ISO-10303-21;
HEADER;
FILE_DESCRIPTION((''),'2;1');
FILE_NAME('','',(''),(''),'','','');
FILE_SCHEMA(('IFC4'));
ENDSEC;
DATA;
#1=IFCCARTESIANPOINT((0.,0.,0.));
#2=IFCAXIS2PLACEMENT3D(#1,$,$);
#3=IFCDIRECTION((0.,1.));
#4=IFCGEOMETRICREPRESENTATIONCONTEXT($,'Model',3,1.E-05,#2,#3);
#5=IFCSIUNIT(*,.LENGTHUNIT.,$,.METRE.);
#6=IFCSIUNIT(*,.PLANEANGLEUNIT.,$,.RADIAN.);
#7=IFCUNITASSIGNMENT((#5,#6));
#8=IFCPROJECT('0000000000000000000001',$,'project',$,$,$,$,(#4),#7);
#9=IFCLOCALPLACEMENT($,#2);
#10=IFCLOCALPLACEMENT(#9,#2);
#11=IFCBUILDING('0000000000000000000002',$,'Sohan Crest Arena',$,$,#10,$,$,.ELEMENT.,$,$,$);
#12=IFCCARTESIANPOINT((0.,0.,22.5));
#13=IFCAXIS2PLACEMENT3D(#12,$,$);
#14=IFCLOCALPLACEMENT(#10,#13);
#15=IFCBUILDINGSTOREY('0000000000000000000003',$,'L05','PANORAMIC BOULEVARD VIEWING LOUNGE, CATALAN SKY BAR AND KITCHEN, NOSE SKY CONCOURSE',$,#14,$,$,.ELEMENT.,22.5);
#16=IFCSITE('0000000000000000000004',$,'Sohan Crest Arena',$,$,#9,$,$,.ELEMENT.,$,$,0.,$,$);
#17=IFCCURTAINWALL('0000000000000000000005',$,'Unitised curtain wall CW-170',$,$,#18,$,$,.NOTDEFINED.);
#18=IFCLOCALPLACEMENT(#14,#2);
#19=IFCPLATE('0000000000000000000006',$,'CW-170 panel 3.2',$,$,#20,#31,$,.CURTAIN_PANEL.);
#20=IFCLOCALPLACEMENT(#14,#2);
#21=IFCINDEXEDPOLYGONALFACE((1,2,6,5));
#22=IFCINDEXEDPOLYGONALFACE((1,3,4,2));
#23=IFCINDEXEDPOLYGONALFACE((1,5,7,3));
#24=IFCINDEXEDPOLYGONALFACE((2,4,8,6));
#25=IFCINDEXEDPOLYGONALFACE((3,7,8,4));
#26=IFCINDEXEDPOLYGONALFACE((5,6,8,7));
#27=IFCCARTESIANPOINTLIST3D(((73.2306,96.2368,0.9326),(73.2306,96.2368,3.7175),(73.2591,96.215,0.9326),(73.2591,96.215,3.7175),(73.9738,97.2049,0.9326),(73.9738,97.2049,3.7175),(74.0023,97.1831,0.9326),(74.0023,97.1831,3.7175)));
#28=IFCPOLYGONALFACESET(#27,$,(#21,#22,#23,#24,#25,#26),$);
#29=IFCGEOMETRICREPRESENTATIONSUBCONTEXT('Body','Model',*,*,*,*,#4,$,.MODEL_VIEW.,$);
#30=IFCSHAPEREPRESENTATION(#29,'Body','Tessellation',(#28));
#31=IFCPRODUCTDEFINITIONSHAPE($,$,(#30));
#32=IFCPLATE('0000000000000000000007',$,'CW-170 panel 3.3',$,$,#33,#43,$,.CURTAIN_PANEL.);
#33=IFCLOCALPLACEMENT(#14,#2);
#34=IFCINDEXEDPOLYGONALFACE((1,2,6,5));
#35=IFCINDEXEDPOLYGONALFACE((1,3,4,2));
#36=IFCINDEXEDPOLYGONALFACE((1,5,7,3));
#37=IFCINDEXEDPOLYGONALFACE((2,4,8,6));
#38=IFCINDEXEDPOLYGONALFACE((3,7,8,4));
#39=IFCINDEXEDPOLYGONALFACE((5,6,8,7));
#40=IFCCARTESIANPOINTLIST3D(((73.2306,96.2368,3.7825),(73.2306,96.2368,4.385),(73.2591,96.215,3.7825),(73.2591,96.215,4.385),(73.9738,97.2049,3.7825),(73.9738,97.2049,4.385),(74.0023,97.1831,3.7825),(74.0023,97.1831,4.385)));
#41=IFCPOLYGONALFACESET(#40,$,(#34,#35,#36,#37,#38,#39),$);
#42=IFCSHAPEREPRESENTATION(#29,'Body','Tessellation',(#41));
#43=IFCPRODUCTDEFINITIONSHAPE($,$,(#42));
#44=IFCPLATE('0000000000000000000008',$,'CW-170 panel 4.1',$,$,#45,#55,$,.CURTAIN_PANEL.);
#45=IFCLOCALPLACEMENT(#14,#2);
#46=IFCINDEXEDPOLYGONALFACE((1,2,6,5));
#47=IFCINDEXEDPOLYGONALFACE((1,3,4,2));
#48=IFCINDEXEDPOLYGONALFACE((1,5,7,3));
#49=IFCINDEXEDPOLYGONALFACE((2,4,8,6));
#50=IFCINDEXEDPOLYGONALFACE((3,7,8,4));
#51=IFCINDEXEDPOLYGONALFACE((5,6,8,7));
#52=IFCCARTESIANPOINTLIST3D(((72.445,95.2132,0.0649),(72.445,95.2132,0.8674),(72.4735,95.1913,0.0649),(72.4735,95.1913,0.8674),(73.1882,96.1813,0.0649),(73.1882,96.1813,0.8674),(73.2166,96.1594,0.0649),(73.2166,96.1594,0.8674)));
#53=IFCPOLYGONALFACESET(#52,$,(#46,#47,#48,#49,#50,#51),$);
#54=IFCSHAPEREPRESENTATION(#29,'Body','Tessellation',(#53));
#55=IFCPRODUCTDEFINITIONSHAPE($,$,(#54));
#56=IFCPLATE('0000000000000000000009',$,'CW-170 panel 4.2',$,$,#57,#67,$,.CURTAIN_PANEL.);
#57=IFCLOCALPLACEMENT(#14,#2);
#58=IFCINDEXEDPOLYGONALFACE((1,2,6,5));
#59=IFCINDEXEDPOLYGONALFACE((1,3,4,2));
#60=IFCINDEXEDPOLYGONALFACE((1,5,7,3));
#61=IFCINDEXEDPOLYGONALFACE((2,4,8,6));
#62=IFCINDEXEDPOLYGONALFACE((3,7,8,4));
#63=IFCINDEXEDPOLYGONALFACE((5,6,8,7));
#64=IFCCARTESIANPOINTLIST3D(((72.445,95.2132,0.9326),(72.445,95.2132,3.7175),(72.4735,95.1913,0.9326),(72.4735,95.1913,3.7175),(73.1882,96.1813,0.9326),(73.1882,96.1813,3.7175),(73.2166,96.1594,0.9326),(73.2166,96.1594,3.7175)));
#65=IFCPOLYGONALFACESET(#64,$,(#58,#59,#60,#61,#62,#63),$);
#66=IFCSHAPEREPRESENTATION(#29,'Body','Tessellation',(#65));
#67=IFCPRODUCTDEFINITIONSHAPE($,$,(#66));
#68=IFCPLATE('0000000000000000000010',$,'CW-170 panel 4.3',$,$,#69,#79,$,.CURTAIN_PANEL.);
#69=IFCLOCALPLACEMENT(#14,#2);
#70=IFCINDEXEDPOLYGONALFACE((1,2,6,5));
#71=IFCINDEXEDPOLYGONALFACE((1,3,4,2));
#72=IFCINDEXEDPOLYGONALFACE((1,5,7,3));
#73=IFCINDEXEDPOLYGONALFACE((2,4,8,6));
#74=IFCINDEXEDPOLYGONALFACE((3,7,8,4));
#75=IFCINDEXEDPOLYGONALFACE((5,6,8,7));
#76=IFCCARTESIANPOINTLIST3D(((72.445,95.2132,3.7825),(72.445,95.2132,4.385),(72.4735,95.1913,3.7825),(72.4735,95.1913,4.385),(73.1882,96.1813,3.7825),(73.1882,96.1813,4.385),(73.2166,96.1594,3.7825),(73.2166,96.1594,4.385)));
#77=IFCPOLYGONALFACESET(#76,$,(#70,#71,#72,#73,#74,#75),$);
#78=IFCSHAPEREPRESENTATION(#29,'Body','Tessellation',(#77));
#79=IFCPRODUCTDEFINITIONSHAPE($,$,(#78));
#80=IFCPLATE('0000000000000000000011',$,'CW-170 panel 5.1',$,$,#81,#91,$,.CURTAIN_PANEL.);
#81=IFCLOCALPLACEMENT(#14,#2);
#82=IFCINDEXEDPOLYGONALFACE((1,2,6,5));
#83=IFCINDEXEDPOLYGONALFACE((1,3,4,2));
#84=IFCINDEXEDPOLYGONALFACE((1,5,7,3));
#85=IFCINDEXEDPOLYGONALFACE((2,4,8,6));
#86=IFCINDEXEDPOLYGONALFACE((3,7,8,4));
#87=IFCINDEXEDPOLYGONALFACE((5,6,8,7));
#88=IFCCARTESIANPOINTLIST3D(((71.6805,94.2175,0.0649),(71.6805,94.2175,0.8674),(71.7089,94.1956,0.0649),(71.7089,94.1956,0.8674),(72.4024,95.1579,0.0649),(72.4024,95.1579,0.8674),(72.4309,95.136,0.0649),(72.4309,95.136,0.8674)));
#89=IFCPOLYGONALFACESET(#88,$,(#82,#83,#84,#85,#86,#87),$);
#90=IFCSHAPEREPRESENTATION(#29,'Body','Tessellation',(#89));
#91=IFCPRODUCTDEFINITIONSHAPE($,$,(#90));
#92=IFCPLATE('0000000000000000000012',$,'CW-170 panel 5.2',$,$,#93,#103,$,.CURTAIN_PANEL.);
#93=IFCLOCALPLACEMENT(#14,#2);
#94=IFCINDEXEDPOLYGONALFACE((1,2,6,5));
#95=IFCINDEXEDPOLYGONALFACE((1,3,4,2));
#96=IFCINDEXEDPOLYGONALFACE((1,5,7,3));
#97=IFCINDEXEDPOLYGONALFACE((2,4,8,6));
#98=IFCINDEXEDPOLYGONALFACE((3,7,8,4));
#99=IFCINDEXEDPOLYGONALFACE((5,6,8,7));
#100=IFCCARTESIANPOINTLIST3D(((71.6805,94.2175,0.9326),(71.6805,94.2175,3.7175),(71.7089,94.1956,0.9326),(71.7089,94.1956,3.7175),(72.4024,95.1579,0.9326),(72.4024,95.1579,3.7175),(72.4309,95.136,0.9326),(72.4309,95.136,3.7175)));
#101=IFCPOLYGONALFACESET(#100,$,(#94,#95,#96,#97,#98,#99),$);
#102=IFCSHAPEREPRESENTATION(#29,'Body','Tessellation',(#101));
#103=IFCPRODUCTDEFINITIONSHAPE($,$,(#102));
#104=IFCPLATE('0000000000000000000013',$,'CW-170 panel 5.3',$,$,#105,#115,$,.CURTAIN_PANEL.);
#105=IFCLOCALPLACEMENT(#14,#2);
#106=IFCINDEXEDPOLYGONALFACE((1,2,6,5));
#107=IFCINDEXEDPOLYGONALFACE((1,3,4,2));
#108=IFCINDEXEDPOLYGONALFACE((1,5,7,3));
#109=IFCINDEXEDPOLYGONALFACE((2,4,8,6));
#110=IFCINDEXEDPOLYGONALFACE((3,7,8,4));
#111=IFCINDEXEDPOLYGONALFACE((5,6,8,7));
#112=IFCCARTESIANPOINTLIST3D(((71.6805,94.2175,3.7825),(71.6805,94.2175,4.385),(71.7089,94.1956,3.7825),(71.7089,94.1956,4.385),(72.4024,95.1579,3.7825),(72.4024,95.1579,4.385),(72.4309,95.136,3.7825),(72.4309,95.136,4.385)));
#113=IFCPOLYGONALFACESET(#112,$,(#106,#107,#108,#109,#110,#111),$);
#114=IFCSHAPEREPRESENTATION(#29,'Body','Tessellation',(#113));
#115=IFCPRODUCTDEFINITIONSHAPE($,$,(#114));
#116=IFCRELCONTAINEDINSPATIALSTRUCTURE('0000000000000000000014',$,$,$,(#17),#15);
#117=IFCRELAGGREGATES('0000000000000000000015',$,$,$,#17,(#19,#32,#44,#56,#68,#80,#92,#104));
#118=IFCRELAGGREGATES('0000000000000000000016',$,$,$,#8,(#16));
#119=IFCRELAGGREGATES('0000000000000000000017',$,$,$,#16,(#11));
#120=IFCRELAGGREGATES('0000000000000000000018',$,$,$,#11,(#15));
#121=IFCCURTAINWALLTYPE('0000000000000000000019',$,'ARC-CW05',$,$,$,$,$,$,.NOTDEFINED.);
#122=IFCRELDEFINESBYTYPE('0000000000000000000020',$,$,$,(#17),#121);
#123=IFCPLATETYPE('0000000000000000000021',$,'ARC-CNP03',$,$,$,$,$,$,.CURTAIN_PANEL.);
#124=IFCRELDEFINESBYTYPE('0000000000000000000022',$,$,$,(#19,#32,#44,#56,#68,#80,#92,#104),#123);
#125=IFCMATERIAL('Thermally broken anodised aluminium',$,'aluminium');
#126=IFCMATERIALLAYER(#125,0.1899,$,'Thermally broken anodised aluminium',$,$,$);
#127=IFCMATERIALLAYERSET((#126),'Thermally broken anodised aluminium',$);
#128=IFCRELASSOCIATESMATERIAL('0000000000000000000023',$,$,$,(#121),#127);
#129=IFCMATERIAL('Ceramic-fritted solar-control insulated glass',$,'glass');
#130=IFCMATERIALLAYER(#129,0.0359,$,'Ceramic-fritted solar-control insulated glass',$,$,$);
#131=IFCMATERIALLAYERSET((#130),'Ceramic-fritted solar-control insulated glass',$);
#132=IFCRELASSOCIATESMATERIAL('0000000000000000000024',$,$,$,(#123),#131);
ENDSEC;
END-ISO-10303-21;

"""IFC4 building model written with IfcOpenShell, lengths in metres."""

from ifc_helpers import new_model, si_unit, direction, frame, origin, origin_2d, place, context, subcontext, project, spatial, rectangle, extrude, material, layer, layer_set, type_object, element, aggregate, save


model = new_model("IFC4")

# Units and contexts
model_context = context("Model", 3, precision=1e-05, world=origin(), true_north=direction((0.0, 1.0)))
body_context = subcontext(model_context, "Body", "Model", "MODEL_VIEW")
ifc_project = project(units=[si_unit("LENGTHUNIT", "METRE"), si_unit("PLANEANGLEUNIT", "RADIAN")], contexts=[model_context])

# Site, building, storey
site_placement = place(None, origin())
site = spatial("IfcSite", under=ifc_project, at=site_placement, Name="Sohan Crest Arena", CompositionType="ELEMENT", RefElevation=0.0)
building_placement = place(site_placement, origin())
building = spatial("IfcBuilding", under=site, at=building_placement, Name="Sohan Crest Arena", CompositionType="ELEMENT")
storey_placement = place(building_placement, frame((0.0, 0.0, 22.5)))
storey = spatial("IfcBuildingStorey", under=building, at=storey_placement, Name="L05", Description="PANORAMIC BOULEVARD VIEWING LOUNGE, CATALAN SKY BAR AND KITCHEN, NOSE SKY CONCOURSE", CompositionType="ELEMENT", Elevation=22.5)

# Curtain wall
ifc_material_1 = material(Name="Thermally broken anodised aluminium", Category="aluminium")
ifc_layer_1 = layer(ifc_material_1, 0.1899, Name="Thermally broken anodised aluminium")
ifc_layer_set_1 = layer_set([ifc_layer_1], Name="Thermally broken anodised aluminium")
curtain_wall_type = type_object("IfcCurtainWallType", Name="ARC-CW05", PredefinedType="NOTDEFINED", material=ifc_layer_set_1)
curtain_wall_1_placement = place(storey_placement, origin())
curtain_wall_1 = element("IfcCurtainWall", 1, at=curtain_wall_1_placement, inside=storey, type_object=curtain_wall_type, Name="Unitised curtain wall CW-170", PredefinedType="NOTDEFINED")

# Plates
ifc_material_2 = material(Name="Ceramic-fritted solar-control insulated glass", Category="glass")
ifc_layer_2 = layer(ifc_material_2, 0.0359, Name="Ceramic-fritted solar-control insulated glass")
ifc_layer_set_2 = layer_set([ifc_layer_2], Name="Ceramic-fritted solar-control insulated glass")
plate_type = type_object("IfcPlateType", Name="ARC-CNP03", PredefinedType="CURTAIN_PANEL", material=ifc_layer_set_2)
plate_1_placement = place(storey_placement, frame((73.6165, 96.71, 0.9326), z_axis=(0.0, 0.0, 1.0), x_axis=(-0.608939, -0.793217, 0.0)))
plate_1 = element("IfcPlate", 2, at=plate_1_placement, type_object=plate_type, Name="CW-170 panel 3.2", PredefinedType="CURTAIN_PANEL", context=body_context, shape_type="SweptSolid", body=[
    extrude(rectangle(XDim=1.2205, YDim=0.0359, at=origin_2d()), origin(), (0.0, 0.0, 1.0), 2.7849),
])
plate_2_placement = place(storey_placement, frame((73.6165, 96.71, 3.7825), z_axis=(0.0, 0.0, 1.0), x_axis=(-0.608939, -0.793217, 0.0)))
plate_2 = element("IfcPlate", 3, at=plate_2_placement, type_object=plate_type, Name="CW-170 panel 3.3", PredefinedType="CURTAIN_PANEL", context=body_context, shape_type="SweptSolid", body=[
    extrude(rectangle(XDim=1.2205, YDim=0.0359, at=origin_2d()), origin(), (0.0, 0.0, 1.0), 0.6025),
])
plate_3_placement = place(storey_placement, frame((72.8308, 95.6863, 0.0649), z_axis=(0.0, 0.0, 1.0), x_axis=(-0.608939, -0.793217, 0.0)))
plate_3 = element("IfcPlate", 4, at=plate_3_placement, type_object=plate_type, Name="CW-170 panel 4.1", PredefinedType="CURTAIN_PANEL", context=body_context, shape_type="SweptSolid", body=[
    extrude(rectangle(XDim=1.2205, YDim=0.0359, at=origin_2d()), origin(), (0.0, 0.0, 1.0), 0.8025),
])
plate_4_placement = place(storey_placement, frame((72.8308, 95.6863, 0.9326), z_axis=(0.0, 0.0, 1.0), x_axis=(-0.608939, -0.793217, 0.0)))
plate_4 = element("IfcPlate", 5, at=plate_4_placement, type_object=plate_type, Name="CW-170 panel 4.2", PredefinedType="CURTAIN_PANEL", context=body_context, shape_type="SweptSolid", body=[
    extrude(rectangle(XDim=1.2205, YDim=0.0359, at=origin_2d()), origin(), (0.0, 0.0, 1.0), 2.7849),
])
plate_5_placement = place(storey_placement, frame((72.8308, 95.6863, 3.7825), z_axis=(0.0, 0.0, 1.0), x_axis=(-0.608939, -0.793217, 0.0)))
plate_5 = element("IfcPlate", 6, at=plate_5_placement, type_object=plate_type, Name="CW-170 panel 4.3", PredefinedType="CURTAIN_PANEL", context=body_context, shape_type="SweptSolid", body=[
    extrude(rectangle(XDim=1.2205, YDim=0.0359, at=origin_2d()), origin(), (0.0, 0.0, 1.0), 0.6025),
])
plate_6_placement = place(storey_placement, frame((72.0557, 94.6768, 0.0649), z_axis=(0.0, 0.0, 1.0), x_axis=(-0.608939, -0.793217, 0.0)))
plate_6 = element("IfcPlate", 7, at=plate_6_placement, type_object=plate_type, Name="CW-170 panel 5.1", PredefinedType="CURTAIN_PANEL", context=body_context, shape_type="SweptSolid", body=[
    extrude(rectangle(XDim=1.1855, YDim=0.0359, at=origin_2d()), origin(), (0.0, 0.0, 1.0), 0.8025),
])
plate_7_placement = place(storey_placement, frame((72.0557, 94.6768, 0.9326), z_axis=(0.0, 0.0, 1.0), x_axis=(-0.608939, -0.793217, 0.0)))
plate_7 = element("IfcPlate", 8, at=plate_7_placement, type_object=plate_type, Name="CW-170 panel 5.2", PredefinedType="CURTAIN_PANEL", context=body_context, shape_type="SweptSolid", body=[
    extrude(rectangle(XDim=1.1855, YDim=0.0359, at=origin_2d()), origin(), (0.0, 0.0, 1.0), 2.7849),
])
plate_8_placement = place(storey_placement, frame((72.0557, 94.6768, 3.7825), z_axis=(0.0, 0.0, 1.0), x_axis=(-0.608939, -0.793217, 0.0)))
plate_8 = element("IfcPlate", 9, at=plate_8_placement, type_object=plate_type, Name="CW-170 panel 5.3", PredefinedType="CURTAIN_PANEL", context=body_context, shape_type="SweptSolid", body=[
    extrude(rectangle(XDim=1.1855, YDim=0.0359, at=origin_2d()), origin(), (0.0, 0.0, 1.0), 0.6025),
])
aggregate(curtain_wall_1, [plate_1, plate_2, plate_3, plate_4, plate_5, plate_6, plate_7, plate_8])

save(model, "model.ifc")
